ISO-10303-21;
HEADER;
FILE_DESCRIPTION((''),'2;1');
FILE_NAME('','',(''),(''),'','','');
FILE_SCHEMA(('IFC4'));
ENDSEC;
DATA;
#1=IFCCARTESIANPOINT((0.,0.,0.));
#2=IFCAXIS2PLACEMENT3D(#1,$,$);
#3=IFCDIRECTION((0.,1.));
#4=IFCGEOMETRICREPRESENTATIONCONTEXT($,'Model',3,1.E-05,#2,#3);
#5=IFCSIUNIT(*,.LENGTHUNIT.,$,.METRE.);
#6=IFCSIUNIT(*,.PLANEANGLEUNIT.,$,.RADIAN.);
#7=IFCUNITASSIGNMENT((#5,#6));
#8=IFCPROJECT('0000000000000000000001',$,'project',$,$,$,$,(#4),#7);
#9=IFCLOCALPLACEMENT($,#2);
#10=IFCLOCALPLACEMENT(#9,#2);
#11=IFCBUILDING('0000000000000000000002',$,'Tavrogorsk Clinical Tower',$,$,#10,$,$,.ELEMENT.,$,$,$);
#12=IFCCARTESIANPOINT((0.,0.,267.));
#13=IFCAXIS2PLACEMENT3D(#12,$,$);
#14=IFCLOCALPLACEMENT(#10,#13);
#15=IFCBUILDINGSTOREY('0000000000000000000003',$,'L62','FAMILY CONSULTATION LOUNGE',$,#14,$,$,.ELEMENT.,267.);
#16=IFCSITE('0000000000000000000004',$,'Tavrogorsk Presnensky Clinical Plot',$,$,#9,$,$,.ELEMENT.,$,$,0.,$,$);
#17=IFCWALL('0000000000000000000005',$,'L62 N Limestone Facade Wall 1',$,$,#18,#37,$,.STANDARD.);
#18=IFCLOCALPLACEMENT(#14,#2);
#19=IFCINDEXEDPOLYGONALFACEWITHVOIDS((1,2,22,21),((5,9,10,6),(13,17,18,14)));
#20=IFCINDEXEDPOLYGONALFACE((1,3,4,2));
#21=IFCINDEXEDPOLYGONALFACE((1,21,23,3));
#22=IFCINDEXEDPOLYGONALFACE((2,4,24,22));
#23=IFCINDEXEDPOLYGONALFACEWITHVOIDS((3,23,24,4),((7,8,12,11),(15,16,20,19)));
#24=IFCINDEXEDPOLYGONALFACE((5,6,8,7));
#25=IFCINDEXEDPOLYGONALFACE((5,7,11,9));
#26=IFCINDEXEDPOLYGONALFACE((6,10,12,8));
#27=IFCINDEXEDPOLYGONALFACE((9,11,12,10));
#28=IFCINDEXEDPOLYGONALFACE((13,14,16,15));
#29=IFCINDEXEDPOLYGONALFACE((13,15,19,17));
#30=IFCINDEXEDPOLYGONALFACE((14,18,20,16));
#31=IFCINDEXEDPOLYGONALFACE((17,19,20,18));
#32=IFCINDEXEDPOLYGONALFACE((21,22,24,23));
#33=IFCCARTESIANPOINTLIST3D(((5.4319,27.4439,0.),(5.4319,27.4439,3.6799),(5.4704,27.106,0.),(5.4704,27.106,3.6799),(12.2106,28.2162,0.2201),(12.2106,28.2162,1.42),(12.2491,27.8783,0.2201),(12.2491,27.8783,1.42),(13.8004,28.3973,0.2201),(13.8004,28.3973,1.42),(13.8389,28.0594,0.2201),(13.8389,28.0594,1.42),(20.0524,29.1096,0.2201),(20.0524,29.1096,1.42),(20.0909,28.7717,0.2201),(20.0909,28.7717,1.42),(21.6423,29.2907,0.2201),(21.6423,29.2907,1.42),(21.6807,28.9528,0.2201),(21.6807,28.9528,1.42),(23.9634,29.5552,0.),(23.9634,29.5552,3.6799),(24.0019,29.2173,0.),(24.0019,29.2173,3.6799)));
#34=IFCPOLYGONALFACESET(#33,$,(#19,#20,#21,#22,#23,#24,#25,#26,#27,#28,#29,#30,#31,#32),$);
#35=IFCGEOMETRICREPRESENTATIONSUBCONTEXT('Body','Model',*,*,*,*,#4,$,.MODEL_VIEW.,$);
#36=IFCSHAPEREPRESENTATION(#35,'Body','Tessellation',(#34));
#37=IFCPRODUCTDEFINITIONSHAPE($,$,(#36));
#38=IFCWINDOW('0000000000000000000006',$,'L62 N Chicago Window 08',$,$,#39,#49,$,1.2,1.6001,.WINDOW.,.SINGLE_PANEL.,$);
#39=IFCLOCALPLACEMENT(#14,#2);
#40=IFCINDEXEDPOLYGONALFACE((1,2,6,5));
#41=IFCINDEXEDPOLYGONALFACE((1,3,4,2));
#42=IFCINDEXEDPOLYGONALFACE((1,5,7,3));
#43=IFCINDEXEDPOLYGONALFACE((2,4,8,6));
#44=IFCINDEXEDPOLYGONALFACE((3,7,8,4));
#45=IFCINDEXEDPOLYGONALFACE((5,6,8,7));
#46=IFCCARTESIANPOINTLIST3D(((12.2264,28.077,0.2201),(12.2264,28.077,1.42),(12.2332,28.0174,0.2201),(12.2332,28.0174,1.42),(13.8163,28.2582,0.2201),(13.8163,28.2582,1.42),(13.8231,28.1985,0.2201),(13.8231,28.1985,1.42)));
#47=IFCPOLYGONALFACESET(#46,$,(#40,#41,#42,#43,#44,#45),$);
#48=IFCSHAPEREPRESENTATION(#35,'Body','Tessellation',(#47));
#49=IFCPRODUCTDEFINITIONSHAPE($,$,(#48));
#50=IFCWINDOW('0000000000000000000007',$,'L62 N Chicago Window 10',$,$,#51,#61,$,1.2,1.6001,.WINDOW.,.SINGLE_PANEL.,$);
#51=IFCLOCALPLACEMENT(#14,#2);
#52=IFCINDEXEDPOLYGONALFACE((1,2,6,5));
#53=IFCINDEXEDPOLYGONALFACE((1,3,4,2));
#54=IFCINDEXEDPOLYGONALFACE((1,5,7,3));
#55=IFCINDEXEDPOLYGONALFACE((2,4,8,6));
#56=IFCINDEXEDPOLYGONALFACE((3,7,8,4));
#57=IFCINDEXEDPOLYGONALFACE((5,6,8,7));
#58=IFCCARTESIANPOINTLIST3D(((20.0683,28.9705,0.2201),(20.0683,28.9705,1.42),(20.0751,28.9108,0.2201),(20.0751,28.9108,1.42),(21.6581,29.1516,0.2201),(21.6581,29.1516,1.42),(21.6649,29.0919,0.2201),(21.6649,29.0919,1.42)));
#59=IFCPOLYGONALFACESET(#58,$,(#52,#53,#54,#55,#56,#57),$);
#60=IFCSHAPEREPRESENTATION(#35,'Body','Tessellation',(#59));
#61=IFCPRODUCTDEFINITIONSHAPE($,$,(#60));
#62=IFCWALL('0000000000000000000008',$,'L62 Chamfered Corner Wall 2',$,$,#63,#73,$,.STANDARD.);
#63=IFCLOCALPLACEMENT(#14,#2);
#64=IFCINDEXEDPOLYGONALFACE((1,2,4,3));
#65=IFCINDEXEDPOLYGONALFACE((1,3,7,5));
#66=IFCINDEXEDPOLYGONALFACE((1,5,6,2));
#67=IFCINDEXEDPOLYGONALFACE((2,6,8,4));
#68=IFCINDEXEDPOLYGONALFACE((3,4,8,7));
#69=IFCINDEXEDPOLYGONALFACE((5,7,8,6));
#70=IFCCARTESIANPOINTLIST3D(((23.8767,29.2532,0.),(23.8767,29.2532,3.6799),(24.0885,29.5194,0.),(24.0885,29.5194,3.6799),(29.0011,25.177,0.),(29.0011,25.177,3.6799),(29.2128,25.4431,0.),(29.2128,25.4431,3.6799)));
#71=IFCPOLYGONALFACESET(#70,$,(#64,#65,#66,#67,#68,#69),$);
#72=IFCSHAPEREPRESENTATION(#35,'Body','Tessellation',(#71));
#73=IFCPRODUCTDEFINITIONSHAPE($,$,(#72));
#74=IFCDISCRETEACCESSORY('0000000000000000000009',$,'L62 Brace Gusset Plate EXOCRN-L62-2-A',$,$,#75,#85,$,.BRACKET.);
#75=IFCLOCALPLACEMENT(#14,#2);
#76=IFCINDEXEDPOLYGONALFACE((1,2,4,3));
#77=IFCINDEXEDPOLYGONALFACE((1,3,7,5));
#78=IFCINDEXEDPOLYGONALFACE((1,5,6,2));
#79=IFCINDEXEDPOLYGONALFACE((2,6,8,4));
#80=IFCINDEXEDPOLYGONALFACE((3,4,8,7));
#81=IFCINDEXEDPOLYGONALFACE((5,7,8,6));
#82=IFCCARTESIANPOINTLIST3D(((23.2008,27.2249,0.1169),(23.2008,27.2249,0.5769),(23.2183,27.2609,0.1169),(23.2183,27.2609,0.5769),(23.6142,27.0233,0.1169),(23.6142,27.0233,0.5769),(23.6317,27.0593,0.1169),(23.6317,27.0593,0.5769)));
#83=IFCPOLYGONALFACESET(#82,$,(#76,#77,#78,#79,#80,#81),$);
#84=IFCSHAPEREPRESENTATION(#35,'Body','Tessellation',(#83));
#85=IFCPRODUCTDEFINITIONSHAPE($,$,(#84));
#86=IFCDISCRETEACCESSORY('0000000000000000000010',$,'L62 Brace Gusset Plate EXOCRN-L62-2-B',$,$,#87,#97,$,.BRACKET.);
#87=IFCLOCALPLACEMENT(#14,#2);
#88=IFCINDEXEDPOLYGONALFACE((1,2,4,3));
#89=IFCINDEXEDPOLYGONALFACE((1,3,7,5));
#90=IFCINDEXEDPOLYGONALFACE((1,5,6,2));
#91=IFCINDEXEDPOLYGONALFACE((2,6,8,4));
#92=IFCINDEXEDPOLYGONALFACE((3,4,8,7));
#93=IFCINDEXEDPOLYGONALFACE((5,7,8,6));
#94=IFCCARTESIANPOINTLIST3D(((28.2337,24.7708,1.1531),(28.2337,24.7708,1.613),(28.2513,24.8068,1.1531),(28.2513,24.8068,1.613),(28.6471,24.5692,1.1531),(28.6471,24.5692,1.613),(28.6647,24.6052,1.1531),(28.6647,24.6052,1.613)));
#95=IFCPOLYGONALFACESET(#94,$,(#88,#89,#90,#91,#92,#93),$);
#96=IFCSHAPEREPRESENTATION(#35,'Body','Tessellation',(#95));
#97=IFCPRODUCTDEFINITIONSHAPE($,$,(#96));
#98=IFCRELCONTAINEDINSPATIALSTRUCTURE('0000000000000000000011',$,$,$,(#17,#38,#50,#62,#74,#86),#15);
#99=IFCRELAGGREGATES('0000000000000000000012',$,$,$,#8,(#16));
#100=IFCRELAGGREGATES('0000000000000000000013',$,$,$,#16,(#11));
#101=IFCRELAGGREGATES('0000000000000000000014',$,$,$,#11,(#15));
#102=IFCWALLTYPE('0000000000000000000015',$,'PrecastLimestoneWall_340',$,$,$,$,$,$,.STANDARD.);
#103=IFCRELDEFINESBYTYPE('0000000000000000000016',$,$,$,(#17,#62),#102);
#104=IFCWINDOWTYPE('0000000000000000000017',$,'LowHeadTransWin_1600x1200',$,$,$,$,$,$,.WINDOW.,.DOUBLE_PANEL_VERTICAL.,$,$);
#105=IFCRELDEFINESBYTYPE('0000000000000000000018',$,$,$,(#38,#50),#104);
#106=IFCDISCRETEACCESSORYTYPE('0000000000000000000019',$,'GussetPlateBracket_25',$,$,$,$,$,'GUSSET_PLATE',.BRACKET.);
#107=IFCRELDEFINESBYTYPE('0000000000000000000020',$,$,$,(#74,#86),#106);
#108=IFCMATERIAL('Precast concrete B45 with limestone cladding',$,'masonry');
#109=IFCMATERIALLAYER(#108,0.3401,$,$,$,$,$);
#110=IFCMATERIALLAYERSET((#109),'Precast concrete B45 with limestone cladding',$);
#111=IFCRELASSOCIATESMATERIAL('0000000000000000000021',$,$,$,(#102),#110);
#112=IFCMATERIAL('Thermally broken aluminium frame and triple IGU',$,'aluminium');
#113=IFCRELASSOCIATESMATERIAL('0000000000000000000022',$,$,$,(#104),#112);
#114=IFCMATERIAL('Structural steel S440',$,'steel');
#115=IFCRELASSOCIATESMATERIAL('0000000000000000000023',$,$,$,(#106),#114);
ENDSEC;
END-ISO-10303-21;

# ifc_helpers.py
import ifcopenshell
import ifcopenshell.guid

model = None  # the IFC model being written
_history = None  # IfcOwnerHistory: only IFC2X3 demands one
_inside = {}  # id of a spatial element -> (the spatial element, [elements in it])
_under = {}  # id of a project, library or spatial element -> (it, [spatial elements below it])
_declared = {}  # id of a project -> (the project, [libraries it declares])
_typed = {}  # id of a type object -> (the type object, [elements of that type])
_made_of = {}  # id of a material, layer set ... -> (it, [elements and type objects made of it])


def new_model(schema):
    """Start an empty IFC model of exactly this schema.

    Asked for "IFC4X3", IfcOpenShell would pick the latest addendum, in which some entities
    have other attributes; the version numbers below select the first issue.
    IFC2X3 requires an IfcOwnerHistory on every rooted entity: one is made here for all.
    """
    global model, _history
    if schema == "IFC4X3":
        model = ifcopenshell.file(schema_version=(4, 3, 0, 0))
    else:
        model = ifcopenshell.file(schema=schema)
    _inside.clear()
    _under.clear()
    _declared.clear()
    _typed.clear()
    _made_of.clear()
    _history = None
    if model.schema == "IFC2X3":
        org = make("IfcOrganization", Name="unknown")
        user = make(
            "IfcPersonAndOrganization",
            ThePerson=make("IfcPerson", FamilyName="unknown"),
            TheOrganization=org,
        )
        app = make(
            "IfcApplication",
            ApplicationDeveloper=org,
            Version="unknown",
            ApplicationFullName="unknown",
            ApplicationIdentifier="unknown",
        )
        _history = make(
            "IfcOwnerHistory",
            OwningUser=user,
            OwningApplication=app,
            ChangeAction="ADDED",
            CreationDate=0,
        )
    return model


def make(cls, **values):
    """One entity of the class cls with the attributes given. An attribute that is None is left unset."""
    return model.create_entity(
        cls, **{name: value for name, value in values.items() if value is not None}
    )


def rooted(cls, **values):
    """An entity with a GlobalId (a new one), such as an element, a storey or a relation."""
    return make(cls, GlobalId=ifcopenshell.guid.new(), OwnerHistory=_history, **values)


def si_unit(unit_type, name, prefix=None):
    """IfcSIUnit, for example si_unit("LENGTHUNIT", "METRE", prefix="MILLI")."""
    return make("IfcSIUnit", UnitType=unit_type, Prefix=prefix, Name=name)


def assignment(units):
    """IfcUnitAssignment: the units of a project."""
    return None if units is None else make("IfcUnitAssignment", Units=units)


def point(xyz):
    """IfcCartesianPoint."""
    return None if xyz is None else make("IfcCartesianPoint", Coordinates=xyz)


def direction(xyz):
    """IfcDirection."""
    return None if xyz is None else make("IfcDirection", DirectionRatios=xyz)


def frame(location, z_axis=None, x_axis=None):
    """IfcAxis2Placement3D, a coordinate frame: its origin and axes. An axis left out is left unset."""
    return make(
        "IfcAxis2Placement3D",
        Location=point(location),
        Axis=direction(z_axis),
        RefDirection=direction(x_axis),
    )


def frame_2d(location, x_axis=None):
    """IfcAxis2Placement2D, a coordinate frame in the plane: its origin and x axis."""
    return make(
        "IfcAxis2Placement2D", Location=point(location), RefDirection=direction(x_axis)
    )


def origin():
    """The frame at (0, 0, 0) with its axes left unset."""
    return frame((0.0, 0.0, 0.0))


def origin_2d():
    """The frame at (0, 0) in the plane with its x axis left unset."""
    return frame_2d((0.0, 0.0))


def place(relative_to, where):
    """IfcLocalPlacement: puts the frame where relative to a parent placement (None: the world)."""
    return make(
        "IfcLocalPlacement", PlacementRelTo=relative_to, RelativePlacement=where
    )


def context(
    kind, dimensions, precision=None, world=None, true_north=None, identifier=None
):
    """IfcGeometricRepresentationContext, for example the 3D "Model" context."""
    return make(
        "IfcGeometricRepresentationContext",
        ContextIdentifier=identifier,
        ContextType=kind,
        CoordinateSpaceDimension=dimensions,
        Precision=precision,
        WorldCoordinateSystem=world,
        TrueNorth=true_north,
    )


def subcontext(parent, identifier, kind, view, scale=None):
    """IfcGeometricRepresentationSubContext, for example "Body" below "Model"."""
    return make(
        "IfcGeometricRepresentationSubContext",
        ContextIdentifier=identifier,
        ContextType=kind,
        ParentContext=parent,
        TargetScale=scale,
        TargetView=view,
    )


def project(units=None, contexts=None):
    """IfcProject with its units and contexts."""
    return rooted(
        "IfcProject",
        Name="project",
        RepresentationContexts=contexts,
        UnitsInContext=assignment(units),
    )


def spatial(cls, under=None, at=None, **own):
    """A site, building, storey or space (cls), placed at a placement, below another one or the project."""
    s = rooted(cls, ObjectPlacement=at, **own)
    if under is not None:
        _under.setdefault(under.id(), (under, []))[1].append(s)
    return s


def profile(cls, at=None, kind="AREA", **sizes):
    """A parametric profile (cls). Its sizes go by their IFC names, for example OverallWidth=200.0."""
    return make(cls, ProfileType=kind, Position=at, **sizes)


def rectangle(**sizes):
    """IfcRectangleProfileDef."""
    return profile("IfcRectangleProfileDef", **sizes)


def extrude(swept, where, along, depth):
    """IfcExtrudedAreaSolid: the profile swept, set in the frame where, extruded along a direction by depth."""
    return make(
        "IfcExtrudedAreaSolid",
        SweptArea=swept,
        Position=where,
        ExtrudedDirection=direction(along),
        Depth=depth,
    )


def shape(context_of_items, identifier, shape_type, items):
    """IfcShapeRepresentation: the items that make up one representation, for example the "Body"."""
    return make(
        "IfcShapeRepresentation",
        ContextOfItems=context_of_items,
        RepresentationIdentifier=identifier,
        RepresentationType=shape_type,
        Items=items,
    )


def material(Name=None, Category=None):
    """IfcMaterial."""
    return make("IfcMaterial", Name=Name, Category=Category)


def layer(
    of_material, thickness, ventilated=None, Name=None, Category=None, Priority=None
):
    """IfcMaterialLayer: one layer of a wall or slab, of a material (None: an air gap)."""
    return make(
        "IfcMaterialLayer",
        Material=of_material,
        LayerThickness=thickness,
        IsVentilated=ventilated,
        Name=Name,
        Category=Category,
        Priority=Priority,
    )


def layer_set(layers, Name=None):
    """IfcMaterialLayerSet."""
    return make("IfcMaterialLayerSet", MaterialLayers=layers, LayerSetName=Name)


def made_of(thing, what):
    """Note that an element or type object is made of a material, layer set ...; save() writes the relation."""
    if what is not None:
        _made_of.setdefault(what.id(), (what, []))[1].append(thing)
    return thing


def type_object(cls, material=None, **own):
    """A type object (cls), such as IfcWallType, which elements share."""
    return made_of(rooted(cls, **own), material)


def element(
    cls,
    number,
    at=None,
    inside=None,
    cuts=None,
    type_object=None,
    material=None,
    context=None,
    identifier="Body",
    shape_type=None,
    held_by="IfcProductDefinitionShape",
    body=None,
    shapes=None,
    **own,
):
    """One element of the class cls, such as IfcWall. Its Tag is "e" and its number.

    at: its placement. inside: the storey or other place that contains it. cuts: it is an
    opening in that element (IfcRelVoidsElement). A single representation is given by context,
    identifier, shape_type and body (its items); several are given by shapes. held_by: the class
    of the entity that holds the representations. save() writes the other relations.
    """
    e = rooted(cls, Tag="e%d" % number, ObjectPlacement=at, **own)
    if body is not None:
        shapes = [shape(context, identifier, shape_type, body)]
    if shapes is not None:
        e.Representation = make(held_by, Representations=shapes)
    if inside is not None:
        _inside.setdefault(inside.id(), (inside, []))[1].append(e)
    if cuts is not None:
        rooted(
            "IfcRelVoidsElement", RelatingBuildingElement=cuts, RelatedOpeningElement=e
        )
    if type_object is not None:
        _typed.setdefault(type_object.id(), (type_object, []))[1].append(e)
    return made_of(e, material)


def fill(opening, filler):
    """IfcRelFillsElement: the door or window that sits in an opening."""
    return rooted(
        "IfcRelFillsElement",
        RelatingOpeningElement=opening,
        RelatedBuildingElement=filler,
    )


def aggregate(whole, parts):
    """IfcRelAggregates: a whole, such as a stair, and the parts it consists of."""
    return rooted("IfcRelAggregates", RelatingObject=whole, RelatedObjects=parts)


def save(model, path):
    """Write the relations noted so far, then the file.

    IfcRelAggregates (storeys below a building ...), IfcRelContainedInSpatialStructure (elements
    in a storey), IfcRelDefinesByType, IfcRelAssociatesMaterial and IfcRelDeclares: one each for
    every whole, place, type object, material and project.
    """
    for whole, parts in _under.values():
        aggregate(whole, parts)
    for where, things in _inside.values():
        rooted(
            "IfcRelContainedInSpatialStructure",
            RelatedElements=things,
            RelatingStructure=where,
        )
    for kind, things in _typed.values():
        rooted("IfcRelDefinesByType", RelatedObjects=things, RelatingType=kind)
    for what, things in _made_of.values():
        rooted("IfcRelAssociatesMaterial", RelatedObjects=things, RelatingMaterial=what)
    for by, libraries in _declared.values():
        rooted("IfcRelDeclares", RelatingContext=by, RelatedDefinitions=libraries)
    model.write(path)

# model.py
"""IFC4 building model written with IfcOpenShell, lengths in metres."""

from ifc_helpers import new_model, si_unit, direction, frame, frame_2d, origin, origin_2d, place, context, subcontext, project, spatial, rectangle, extrude, material, layer, layer_set, type_object, element, fill, save


model = new_model("IFC4")

# Units and contexts
model_context = context("Model", 3, precision=1e-05, world=origin(), true_north=direction((0.0, 1.0)))
body_context = subcontext(model_context, "Body", "Model", "MODEL_VIEW")
ifc_project = project(units=[si_unit("LENGTHUNIT", "METRE"), si_unit("PLANEANGLEUNIT", "RADIAN")], contexts=[model_context])

# Site, building, storey
site_placement = place(None, origin())
site = spatial("IfcSite", under=ifc_project, at=site_placement, Name="Tavrogorsk Presnensky Clinical Plot", CompositionType="ELEMENT", RefElevation=0.0)
building_placement = place(site_placement, origin())
building = spatial("IfcBuilding", under=site, at=building_placement, Name="Tavrogorsk Clinical Tower", CompositionType="ELEMENT")
storey_placement = place(building_placement, frame((0.0, 0.0, 267.0)))
storey = spatial("IfcBuildingStorey", under=building, at=storey_placement, Name="L62", Description="FAMILY CONSULTATION LOUNGE", CompositionType="ELEMENT", Elevation=267.0)

# Wall, openings, windows
ifc_material_1 = material(Name="Precast concrete B45 with limestone cladding", Category="masonry")
ifc_layer_1 = layer(ifc_material_1, 0.3401)
ifc_layer_set_1 = layer_set([ifc_layer_1], Name="Precast concrete B45 with limestone cladding")
wall_type_1 = type_object("IfcWallType", Name="PrecastLimestoneWall_340", PredefinedType="STANDARD", material=ifc_layer_set_1)
wall_1_placement = place(storey_placement, frame((23.9827, 29.3862, 0.0), z_axis=(0.0, 0.0, 1.0), x_axis=(-0.993572, -0.1132, 0.0)))
wall_1 = element("IfcWall", 1, at=wall_1_placement, inside=storey, type_object=wall_type_1, Name="L62 N Limestone Facade Wall 1", PredefinedType="STANDARD", context=body_context, shape_type="SweptSolid", body=[
    extrude(rectangle(XDim=18.6514, YDim=0.3401, at=frame_2d((9.3257, 0.0))), origin(), (0.0, 0.0, 1.0), 3.6799),
])
opening_1_placement = place(wall_1_placement, frame((10.2288, 0.0, 0.22)))
opening_1 = element("IfcOpeningElement", 2, at=opening_1_placement, cuts=wall_1, PredefinedType="OPENING", context=body_context, shape_type="SweptSolid", body=[
    extrude(rectangle(XDim=1.6001, YDim=1.2, at=frame_2d((0.8, 0.6001))), frame((0.0, 0.1799, 0.0), z_axis=(0.0, -1.0, 0.0), x_axis=(1.0, 0.0, 0.0)), (0.0, 0.0, 1.0), 0.3601),
])
opening_2_placement = place(wall_1_placement, frame((2.3362, 0.0, 0.22)))
opening_2 = element("IfcOpeningElement", 3, at=opening_2_placement, cuts=wall_1, PredefinedType="OPENING", context=body_context, shape_type="SweptSolid", body=[
    extrude(rectangle(XDim=1.6001, YDim=1.2, at=frame_2d((0.8, 0.6001))), frame((0.0, 0.1799, 0.0), z_axis=(0.0, -1.0, 0.0), x_axis=(1.0, 0.0, 0.0)), (0.0, 0.0, 1.0), 0.3601),
])
ifc_material_2 = material(Name="Thermally broken aluminium frame and triple IGU", Category="aluminium")
window_type = type_object("IfcWindowType", Name="LowHeadTransWin_1600x1200", PartitioningType="DOUBLE_PANEL_VERTICAL", PredefinedType="WINDOW", material=ifc_material_2)
window_1_placement = place(opening_1_placement, origin())
window_1 = element("IfcWindow", 4, at=window_1_placement, inside=storey, type_object=window_type, Name="L62 N Chicago Window 08", OverallHeight=1.2, OverallWidth=1.6001, PartitioningType="SINGLE_PANEL", PredefinedType="WINDOW", context=body_context, shape_type="SweptSolid", body=[
    extrude(rectangle(XDim=1.6001, YDim=1.2, at=frame_2d((0.8, 0.6001))), frame((0.0, 0.03, 0.0), z_axis=(0.0, -1.0, 0.0), x_axis=(1.0, 0.0, 0.0)), (0.0, 0.0, 1.0), 0.0601),
])
fill(opening_1, window_1)
window_2_placement = place(opening_2_placement, origin())
window_2 = element("IfcWindow", 5, at=window_2_placement, inside=storey, type_object=window_type, Name="L62 N Chicago Window 10", OverallHeight=1.2, OverallWidth=1.6001, PartitioningType="SINGLE_PANEL", PredefinedType="WINDOW", context=body_context, shape_type="SweptSolid", body=[
    extrude(rectangle(XDim=1.6001, YDim=1.2, at=frame_2d((0.8, 0.6001))), frame((0.0, 0.03, 0.0), z_axis=(0.0, -1.0, 0.0), x_axis=(1.0, 0.0, 0.0)), (0.0, 0.0, 1.0), 0.0601),
])
fill(opening_2, window_2)

# Wall
wall_2_placement = place(storey_placement, frame((29.1069, 25.3101, 0.0), z_axis=(0.0, 0.0, 1.0), x_axis=(-0.782597, 0.622528, 0.0)))
element("IfcWall", 6, at=wall_2_placement, inside=storey, type_object=wall_type_1, Name="L62 Chamfered Corner Wall 2", PredefinedType="STANDARD", context=body_context, shape_type="SweptSolid", body=[
    extrude(rectangle(XDim=6.5479, YDim=0.3401, at=frame_2d((3.2739, 0.0))), origin(), (0.0, 0.0, 1.0), 3.6799),
])

# Discrete accessories
ifc_material_3 = material(Name="Structural steel S440", Category="steel")
discrete_accessory_type = type_object("IfcDiscreteAccessoryType", Name="GussetPlateBracket_25", ElementType="GUSSET_PLATE", PredefinedType="BRACKET", material=ifc_material_3)
for number, where, z_axis, x_axis, name in (
    (7, (23.4163, 27.1421, 0.1169), (0.0, 0.0, 1.0), (0.898794, -0.438371, 0.0), "L62 Brace Gusset Plate EXOCRN-L62-2-A"),
    (8, (28.4492, 24.688, 1.1531), (0.0, 0.0, 1.0), (0.898794, -0.438371, 0.0), "L62 Brace Gusset Plate EXOCRN-L62-2-B"),
):
    element("IfcDiscreteAccessory", number, at=place(storey_placement, frame(where, z_axis=z_axis, x_axis=x_axis)), inside=storey, type_object=discrete_accessory_type, Name=name, PredefinedType="BRACKET", context=body_context, shape_type="SweptSolid", body=[
        extrude(rectangle(XDim=0.46, YDim=0.04, at=origin_2d()), origin(), (0.0, 0.0, 1.0), 0.46),
    ])

save(model, "model.ifc")
